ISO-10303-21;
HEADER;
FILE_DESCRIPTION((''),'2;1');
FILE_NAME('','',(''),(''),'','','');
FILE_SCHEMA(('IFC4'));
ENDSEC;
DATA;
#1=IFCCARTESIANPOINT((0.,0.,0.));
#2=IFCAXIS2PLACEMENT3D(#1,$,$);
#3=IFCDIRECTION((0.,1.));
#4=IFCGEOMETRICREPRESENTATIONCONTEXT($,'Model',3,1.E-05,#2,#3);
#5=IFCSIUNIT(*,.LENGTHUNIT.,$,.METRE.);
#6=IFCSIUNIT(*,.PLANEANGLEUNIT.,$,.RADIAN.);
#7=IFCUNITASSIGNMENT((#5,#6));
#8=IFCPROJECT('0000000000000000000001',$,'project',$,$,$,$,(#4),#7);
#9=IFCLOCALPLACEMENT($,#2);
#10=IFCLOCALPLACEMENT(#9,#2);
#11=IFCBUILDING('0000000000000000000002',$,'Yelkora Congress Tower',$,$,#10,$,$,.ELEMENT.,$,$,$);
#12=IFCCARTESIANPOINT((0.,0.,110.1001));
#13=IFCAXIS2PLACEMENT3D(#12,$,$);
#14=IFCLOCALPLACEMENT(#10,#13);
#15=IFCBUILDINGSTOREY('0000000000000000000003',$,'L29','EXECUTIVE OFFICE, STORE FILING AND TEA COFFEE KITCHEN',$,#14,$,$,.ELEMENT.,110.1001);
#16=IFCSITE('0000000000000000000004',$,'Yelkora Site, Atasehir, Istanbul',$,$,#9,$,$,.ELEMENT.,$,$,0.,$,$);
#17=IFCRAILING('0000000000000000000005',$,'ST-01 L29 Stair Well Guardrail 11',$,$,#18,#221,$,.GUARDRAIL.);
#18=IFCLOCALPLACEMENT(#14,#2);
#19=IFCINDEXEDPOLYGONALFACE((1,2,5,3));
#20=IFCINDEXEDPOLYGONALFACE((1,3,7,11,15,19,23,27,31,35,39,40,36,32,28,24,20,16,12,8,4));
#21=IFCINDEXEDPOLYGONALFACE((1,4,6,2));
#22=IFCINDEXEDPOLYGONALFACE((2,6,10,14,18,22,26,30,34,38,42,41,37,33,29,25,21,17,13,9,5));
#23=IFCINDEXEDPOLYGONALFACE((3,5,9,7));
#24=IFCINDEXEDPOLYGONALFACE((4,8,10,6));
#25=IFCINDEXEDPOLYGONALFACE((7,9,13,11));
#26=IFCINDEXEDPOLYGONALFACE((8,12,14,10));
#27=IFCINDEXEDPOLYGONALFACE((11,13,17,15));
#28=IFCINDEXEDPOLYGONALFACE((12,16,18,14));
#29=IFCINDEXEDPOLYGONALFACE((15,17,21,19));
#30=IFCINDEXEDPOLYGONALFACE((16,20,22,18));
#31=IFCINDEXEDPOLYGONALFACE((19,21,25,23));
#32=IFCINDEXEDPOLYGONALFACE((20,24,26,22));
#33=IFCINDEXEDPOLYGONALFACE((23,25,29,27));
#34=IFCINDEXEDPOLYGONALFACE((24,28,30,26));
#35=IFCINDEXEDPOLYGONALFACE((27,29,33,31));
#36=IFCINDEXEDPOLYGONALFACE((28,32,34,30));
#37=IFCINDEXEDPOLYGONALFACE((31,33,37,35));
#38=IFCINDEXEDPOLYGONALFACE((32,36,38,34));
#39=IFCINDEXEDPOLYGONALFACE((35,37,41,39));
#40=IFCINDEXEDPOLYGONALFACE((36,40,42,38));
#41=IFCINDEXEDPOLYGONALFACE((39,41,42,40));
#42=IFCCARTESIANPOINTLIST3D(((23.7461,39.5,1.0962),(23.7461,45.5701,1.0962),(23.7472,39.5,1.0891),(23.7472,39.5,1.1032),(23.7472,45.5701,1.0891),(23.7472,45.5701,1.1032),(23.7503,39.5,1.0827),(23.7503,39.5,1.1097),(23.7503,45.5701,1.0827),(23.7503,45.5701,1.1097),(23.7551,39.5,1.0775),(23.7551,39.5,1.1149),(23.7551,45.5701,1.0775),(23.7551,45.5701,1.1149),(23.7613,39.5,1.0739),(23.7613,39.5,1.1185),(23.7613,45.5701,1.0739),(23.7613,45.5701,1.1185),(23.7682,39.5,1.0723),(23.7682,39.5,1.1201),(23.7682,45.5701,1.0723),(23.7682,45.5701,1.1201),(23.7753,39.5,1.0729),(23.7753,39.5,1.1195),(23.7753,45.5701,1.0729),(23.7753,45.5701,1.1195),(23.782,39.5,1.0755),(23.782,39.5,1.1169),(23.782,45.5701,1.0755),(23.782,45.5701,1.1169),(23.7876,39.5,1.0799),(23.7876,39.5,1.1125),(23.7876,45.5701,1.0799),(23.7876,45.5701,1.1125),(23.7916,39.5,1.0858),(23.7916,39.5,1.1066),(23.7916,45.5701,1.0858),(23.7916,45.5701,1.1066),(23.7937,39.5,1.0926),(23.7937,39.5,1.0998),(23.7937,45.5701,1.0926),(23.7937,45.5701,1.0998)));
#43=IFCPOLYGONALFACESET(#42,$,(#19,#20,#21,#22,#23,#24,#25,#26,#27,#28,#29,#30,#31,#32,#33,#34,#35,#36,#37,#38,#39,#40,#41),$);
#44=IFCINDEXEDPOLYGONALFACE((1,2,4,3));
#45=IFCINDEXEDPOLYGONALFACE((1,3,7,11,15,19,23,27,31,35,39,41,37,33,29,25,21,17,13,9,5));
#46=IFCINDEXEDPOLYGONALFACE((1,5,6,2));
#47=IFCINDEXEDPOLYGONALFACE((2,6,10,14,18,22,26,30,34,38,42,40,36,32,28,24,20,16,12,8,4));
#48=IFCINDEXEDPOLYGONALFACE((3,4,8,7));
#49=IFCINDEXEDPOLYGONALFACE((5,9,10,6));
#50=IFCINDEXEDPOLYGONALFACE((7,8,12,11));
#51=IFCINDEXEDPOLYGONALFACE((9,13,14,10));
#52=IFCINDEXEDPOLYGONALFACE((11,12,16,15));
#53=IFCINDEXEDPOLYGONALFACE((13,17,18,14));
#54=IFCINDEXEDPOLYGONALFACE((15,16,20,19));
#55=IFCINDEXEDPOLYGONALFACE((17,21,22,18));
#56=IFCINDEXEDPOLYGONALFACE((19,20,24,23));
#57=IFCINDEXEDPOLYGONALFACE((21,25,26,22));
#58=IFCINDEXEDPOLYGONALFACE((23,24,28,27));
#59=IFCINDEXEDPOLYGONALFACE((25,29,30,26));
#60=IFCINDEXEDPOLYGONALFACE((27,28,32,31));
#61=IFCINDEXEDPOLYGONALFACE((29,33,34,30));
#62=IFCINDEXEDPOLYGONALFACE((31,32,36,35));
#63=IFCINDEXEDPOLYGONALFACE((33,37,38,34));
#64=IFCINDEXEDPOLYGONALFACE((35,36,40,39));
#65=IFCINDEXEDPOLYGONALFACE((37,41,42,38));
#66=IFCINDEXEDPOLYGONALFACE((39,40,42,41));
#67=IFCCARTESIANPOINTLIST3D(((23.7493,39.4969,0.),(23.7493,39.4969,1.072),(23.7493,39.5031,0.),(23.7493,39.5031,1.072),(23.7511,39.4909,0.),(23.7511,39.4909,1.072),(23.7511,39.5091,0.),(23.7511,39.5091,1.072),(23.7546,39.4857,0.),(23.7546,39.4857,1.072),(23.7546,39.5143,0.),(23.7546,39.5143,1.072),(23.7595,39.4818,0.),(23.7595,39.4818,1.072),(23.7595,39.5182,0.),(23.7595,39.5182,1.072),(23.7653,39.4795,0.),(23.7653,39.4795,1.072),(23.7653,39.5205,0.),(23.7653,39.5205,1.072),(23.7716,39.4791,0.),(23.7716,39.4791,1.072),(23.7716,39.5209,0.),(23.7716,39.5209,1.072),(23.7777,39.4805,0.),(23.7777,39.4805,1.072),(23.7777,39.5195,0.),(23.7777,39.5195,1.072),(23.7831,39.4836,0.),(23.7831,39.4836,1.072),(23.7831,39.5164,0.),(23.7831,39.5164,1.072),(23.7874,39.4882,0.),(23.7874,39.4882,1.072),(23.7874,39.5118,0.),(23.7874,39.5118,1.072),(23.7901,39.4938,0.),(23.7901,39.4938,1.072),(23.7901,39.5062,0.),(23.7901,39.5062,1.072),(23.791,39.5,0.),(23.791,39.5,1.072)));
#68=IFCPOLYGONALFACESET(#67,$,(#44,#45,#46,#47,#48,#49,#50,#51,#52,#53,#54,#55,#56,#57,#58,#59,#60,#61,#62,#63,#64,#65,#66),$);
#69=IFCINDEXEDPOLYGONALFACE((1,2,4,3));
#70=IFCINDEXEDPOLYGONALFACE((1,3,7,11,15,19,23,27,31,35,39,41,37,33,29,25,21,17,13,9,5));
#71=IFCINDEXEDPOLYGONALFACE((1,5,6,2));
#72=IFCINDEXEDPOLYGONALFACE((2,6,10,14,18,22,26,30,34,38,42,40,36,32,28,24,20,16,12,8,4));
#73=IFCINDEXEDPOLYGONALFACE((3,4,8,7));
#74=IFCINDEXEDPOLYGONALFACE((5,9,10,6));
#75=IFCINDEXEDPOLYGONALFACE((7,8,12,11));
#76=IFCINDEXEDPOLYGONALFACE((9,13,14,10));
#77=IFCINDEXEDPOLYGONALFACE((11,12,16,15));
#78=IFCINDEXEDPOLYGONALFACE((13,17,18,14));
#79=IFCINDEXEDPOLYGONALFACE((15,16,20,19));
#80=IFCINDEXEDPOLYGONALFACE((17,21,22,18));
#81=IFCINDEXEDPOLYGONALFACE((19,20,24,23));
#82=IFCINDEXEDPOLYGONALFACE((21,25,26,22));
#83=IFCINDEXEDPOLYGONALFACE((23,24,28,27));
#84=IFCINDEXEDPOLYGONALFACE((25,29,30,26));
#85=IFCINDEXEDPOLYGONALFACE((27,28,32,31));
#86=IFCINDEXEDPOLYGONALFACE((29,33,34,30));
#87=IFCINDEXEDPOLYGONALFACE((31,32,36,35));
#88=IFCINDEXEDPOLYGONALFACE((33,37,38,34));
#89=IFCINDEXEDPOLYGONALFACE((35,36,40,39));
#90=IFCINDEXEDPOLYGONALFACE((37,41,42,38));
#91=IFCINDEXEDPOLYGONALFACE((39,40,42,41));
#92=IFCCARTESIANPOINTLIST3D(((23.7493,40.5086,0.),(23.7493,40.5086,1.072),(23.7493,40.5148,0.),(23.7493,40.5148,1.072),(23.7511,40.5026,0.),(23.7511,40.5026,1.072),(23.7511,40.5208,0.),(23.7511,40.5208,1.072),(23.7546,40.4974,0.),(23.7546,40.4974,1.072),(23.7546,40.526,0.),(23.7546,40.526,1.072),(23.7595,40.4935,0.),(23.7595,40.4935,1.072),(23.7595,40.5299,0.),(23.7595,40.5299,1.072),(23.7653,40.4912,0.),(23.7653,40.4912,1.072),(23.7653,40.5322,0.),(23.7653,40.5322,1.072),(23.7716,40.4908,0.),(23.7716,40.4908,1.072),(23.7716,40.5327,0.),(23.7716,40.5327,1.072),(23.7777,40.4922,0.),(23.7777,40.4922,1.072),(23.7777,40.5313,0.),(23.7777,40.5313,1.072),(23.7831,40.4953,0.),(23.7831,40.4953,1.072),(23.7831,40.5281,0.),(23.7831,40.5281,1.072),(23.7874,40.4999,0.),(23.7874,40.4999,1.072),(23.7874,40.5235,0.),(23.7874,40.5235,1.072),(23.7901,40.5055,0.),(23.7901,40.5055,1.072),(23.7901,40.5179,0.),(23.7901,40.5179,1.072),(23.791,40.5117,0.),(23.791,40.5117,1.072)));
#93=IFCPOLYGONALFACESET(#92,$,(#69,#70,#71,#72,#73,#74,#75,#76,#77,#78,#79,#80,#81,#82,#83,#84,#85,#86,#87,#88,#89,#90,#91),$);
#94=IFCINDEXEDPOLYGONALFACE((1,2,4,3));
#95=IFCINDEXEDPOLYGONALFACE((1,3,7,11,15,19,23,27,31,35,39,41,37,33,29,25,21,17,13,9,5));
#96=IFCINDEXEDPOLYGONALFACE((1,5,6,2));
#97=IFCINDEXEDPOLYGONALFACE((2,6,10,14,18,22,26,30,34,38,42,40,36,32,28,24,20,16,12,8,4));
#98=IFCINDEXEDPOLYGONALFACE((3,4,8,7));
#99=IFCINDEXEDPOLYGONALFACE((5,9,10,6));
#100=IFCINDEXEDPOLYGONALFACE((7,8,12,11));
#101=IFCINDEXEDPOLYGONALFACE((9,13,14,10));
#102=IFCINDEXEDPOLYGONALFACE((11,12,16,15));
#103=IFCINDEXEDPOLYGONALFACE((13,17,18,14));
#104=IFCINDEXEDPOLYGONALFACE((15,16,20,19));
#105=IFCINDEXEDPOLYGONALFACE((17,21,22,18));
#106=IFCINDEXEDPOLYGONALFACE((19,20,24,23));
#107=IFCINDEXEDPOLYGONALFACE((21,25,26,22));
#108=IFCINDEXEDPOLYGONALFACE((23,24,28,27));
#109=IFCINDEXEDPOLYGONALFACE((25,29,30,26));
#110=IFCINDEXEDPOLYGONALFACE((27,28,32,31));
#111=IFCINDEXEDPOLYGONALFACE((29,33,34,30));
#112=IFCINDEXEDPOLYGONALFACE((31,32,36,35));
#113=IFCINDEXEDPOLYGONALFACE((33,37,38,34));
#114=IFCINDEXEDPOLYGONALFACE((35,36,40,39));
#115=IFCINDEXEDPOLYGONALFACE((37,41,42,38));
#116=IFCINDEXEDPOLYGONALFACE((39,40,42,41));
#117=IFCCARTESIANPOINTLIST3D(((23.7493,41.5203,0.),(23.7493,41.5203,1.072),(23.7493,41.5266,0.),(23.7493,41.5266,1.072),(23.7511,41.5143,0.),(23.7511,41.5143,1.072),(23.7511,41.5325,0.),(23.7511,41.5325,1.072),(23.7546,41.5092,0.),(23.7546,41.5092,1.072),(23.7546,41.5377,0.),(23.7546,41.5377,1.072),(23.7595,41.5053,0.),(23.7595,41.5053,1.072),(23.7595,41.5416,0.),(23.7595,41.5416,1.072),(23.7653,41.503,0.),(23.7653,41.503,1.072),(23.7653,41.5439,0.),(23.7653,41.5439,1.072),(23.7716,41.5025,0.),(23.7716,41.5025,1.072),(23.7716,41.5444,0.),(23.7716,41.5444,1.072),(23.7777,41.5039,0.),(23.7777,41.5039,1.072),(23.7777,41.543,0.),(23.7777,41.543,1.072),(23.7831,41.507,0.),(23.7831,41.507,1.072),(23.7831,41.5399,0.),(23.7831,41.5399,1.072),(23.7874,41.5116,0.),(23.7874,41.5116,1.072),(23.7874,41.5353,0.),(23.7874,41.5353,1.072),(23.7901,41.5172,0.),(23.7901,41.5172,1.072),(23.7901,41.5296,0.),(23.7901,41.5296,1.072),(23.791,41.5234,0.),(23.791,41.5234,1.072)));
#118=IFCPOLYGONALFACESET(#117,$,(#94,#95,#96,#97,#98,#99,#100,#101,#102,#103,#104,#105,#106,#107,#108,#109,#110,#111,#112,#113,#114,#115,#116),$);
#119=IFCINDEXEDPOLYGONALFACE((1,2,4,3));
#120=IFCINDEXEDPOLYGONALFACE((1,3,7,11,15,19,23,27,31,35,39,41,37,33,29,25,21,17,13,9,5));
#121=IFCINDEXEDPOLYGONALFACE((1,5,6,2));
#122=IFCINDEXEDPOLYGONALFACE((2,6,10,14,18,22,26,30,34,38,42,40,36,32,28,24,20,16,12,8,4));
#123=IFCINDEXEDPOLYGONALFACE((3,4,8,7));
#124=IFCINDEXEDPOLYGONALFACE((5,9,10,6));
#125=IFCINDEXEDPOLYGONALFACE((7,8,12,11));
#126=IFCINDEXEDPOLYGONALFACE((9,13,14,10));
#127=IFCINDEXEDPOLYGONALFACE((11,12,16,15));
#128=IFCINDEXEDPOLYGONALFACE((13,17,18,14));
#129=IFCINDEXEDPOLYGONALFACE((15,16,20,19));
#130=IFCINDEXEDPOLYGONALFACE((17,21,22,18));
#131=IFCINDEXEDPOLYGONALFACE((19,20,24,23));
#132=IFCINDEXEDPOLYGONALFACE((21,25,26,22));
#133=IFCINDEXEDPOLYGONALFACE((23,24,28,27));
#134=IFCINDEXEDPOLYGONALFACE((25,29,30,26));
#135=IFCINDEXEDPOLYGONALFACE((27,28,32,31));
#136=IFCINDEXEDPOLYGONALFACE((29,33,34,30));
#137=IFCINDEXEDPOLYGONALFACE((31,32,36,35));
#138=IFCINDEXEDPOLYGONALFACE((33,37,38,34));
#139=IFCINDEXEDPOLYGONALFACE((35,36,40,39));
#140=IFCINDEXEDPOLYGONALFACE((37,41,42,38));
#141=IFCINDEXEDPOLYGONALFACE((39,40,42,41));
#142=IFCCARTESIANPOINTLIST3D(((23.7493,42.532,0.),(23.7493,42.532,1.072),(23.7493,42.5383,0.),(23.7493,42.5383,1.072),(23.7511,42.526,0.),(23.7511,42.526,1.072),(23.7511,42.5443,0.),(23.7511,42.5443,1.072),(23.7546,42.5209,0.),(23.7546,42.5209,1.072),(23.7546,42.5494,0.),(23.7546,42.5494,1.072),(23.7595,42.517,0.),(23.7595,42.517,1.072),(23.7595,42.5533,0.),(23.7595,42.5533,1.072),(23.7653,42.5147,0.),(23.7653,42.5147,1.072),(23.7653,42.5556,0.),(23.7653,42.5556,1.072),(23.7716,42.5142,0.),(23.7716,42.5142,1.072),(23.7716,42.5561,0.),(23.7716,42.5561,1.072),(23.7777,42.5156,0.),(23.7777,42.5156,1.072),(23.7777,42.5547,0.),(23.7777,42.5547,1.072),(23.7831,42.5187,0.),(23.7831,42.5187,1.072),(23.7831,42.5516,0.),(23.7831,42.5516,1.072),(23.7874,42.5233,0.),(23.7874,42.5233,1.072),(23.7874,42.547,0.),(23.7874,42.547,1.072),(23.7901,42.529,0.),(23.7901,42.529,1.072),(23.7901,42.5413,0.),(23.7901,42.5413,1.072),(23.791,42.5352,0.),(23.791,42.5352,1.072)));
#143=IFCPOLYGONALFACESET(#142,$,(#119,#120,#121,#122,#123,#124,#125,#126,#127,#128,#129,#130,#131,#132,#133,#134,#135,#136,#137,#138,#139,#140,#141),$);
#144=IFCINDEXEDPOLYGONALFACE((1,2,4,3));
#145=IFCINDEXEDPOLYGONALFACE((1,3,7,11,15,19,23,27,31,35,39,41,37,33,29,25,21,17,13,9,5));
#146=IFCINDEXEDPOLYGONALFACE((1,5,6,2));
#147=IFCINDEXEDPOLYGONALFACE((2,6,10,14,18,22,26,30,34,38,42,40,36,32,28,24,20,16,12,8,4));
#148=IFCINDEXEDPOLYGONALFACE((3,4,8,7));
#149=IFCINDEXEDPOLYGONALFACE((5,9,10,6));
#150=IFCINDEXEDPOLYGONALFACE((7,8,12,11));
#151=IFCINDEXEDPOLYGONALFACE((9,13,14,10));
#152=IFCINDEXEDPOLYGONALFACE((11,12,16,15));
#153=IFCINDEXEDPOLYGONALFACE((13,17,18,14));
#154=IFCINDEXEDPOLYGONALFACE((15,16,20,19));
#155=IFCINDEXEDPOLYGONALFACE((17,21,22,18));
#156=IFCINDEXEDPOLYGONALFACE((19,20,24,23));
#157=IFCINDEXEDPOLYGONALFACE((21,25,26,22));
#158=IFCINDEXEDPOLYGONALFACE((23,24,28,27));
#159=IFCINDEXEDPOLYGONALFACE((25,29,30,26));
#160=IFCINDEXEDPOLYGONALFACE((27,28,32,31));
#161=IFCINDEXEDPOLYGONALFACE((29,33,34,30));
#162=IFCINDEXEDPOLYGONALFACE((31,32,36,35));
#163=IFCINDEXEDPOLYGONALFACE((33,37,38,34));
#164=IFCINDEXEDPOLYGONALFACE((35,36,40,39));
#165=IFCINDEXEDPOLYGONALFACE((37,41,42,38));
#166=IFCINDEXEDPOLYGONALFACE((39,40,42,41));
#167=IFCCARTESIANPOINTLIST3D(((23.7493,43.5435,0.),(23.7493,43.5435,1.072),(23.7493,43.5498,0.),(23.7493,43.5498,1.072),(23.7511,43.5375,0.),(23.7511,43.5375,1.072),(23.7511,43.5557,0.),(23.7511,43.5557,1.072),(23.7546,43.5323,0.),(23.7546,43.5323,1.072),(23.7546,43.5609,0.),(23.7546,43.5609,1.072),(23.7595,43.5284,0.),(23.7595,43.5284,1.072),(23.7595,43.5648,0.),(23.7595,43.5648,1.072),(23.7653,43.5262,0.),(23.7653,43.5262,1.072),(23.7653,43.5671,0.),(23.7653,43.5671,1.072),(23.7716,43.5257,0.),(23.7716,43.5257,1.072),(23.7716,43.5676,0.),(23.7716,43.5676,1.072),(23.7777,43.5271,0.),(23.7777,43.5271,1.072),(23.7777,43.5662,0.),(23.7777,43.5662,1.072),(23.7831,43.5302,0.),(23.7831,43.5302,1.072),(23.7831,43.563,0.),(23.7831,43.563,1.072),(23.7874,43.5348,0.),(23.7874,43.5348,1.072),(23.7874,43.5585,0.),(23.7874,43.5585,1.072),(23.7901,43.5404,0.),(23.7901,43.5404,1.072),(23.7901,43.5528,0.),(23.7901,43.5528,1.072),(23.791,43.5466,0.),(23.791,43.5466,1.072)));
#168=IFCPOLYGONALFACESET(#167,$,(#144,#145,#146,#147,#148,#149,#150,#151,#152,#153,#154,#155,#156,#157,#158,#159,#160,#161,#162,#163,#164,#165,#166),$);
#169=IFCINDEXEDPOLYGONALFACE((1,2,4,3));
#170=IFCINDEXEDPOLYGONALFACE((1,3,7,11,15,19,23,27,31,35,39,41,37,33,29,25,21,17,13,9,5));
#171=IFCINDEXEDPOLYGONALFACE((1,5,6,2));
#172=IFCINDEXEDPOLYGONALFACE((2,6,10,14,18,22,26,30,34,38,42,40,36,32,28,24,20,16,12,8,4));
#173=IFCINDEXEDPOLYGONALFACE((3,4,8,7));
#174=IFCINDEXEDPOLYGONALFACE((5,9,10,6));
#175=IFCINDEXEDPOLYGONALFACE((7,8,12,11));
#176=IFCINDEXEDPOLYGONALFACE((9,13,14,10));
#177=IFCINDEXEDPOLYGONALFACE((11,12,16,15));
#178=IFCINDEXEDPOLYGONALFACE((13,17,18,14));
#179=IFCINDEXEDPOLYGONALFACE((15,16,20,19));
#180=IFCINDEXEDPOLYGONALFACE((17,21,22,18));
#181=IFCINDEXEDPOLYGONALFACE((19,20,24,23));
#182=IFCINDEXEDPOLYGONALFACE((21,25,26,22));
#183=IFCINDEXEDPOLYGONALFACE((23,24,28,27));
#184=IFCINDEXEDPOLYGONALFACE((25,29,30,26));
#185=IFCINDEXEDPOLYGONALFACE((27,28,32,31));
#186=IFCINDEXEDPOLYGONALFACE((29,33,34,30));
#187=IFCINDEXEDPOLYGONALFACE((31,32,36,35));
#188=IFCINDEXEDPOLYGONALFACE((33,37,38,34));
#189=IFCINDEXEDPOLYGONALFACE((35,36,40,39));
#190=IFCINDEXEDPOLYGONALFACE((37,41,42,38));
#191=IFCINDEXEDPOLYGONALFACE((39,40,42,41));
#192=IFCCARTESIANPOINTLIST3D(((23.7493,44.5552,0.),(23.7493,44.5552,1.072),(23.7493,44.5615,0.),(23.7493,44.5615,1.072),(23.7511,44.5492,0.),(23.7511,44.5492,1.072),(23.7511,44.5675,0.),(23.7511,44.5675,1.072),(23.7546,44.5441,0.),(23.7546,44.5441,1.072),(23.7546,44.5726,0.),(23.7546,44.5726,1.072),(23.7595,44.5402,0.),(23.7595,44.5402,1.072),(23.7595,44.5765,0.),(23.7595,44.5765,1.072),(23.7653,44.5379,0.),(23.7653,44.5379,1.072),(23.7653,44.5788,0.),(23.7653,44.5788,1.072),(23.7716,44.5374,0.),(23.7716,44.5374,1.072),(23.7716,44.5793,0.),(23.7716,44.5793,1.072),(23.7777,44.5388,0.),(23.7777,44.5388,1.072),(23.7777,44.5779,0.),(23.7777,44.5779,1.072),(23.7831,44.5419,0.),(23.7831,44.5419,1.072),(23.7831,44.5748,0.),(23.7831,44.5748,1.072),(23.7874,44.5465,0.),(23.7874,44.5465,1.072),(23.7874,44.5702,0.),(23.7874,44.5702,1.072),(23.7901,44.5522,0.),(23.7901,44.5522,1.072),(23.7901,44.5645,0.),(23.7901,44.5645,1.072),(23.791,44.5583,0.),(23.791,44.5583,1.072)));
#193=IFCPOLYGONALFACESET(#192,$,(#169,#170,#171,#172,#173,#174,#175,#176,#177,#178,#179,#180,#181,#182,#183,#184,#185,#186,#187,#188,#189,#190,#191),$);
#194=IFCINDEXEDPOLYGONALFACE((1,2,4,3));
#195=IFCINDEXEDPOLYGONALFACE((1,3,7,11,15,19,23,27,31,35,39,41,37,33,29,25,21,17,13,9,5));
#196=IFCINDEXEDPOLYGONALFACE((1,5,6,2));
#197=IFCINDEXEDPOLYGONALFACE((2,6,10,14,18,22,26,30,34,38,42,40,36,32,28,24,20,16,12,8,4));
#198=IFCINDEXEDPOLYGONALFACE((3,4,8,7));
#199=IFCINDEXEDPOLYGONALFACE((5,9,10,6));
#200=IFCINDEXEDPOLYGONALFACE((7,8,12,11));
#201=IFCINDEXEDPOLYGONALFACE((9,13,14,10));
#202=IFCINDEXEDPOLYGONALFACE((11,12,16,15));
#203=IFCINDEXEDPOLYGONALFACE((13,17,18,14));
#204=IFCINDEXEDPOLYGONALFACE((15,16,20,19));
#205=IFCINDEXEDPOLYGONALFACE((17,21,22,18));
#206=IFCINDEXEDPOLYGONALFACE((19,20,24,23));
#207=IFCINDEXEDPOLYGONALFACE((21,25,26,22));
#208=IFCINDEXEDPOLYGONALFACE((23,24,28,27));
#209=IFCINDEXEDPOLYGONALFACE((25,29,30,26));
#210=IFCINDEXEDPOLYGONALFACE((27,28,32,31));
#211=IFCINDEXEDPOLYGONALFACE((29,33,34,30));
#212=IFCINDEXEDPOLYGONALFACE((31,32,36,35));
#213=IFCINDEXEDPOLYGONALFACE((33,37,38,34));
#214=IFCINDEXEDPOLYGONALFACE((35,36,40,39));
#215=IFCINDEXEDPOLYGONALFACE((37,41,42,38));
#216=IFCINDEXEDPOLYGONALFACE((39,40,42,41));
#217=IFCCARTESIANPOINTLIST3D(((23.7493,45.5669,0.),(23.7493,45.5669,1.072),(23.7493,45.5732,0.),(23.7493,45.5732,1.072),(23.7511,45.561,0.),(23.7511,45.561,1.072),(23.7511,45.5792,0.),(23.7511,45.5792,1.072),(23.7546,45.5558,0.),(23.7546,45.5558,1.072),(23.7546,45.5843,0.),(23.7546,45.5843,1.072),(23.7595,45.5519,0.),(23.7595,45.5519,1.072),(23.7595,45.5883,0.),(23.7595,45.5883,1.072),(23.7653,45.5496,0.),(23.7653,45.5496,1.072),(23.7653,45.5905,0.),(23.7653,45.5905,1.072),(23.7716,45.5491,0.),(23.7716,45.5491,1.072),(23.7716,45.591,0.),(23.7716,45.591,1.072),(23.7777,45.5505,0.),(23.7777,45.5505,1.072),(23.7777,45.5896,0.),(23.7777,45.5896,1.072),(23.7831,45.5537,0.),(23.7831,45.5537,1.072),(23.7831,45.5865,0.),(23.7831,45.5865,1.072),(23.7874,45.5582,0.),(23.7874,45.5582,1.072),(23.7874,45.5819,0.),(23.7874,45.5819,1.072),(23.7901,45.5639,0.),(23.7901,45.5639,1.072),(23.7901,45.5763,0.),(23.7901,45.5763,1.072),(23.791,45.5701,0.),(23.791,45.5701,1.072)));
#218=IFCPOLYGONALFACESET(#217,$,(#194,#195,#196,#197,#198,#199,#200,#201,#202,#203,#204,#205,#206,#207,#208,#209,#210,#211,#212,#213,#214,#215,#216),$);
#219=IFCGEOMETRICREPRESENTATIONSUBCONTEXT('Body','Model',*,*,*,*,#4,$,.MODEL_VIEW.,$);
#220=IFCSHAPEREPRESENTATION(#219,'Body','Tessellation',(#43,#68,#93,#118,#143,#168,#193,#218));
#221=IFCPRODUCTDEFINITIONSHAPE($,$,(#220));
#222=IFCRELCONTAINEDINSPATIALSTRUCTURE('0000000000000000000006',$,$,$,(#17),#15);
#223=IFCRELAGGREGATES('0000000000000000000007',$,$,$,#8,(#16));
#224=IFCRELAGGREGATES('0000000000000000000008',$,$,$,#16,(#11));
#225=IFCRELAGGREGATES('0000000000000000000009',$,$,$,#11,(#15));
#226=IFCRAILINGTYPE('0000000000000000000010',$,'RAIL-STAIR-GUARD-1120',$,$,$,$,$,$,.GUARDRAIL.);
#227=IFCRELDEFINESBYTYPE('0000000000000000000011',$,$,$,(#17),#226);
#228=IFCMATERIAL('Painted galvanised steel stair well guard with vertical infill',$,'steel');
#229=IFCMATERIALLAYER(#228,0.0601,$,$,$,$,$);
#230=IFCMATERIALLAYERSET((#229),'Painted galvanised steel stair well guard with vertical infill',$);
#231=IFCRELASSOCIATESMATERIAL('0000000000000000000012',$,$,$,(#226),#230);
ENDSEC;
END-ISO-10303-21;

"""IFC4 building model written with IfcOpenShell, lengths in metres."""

from ifc_helpers import new_model, si_unit, direction, frame, origin, origin_2d, place, context, subcontext, project, spatial, circle, extrude, material, layer, layer_set, type_object, element, save


model = new_model("IFC4")

# Units and contexts
model_context = context("Model", 3, precision=1e-05, world=origin(), true_north=direction((0.0, 1.0)))
body_context = subcontext(model_context, "Body", "Model", "MODEL_VIEW")
ifc_project = project(units=[si_unit("LENGTHUNIT", "METRE"), si_unit("PLANEANGLEUNIT", "RADIAN")], contexts=[model_context])

# Site, building, storey
site_placement = place(None, origin())
site = spatial("IfcSite", under=ifc_project, at=site_placement, Name="Yelkora Site, Atasehir, Istanbul", CompositionType="ELEMENT", RefElevation=0.0)
building_placement = place(site_placement, origin())
building = spatial("IfcBuilding", under=site, at=building_placement, Name="Yelkora Congress Tower", CompositionType="ELEMENT")
storey_placement = place(building_placement, frame((0.0, 0.0, 110.1001)))
storey = spatial("IfcBuildingStorey", under=building, at=storey_placement, Name="L29", Description="EXECUTIVE OFFICE, STORE FILING AND TEA COFFEE KITCHEN", CompositionType="ELEMENT", Elevation=110.1001)

# Railing
ifc_material_1 = material(Name="Painted galvanised steel stair well guard with vertical infill", Category="steel")
ifc_layer_1 = layer(ifc_material_1, 0.0601)
ifc_layer_set_1 = layer_set([ifc_layer_1], Name="Painted galvanised steel stair well guard with vertical infill")
railing_type_1 = type_object("IfcRailingType", Name="RAIL-STAIR-GUARD-1120", PredefinedType="GUARDRAIL", material=ifc_layer_set_1)
railing_1_placement = place(storey_placement, frame((23.77, 39.5, 0.0)))
element("IfcRailing", 1, at=railing_1_placement, inside=storey, type_object=railing_type_1, Name="ST-01 L29 Stair Well Guardrail 11", PredefinedType="GUARDRAIL", context=body_context, shape_type="SweptSolid", body=[
    extrude(circle(Radius=0.0239, at=origin_2d()), frame((0.0, 0.0, 1.0962), z_axis=(0.0, 1.0, 0.0), x_axis=(-1.0, 0.0, 0.0)), (0.0, 0.0, 1.0), 6.0701),
    extrude(circle(Radius=0.021, at=origin_2d()), origin(), (0.0, 0.0, 1.0), 1.072),
    extrude(circle(Radius=0.021, at=origin_2d()), frame((0.0, 1.0117, 0.0)), (0.0, 0.0, 1.0), 1.072),
    extrude(circle(Radius=0.021, at=origin_2d()), frame((0.0, 2.0234, 0.0)), (0.0, 0.0, 1.0), 1.072),
    extrude(circle(Radius=0.021, at=origin_2d()), frame((0.0, 3.0352, 0.0)), (0.0, 0.0, 1.0), 1.072),
    extrude(circle(Radius=0.021, at=origin_2d()), frame((0.0, 4.0466, 0.0)), (0.0, 0.0, 1.0), 1.072),
    extrude(circle(Radius=0.021, at=origin_2d()), frame((0.0, 5.0583, 0.0)), (0.0, 0.0, 1.0), 1.072),
    extrude(circle(Radius=0.021, at=origin_2d()), frame((0.0, 6.0701, 0.0)), (0.0, 0.0, 1.0), 1.072),
])

save(model, "model.ifc")
